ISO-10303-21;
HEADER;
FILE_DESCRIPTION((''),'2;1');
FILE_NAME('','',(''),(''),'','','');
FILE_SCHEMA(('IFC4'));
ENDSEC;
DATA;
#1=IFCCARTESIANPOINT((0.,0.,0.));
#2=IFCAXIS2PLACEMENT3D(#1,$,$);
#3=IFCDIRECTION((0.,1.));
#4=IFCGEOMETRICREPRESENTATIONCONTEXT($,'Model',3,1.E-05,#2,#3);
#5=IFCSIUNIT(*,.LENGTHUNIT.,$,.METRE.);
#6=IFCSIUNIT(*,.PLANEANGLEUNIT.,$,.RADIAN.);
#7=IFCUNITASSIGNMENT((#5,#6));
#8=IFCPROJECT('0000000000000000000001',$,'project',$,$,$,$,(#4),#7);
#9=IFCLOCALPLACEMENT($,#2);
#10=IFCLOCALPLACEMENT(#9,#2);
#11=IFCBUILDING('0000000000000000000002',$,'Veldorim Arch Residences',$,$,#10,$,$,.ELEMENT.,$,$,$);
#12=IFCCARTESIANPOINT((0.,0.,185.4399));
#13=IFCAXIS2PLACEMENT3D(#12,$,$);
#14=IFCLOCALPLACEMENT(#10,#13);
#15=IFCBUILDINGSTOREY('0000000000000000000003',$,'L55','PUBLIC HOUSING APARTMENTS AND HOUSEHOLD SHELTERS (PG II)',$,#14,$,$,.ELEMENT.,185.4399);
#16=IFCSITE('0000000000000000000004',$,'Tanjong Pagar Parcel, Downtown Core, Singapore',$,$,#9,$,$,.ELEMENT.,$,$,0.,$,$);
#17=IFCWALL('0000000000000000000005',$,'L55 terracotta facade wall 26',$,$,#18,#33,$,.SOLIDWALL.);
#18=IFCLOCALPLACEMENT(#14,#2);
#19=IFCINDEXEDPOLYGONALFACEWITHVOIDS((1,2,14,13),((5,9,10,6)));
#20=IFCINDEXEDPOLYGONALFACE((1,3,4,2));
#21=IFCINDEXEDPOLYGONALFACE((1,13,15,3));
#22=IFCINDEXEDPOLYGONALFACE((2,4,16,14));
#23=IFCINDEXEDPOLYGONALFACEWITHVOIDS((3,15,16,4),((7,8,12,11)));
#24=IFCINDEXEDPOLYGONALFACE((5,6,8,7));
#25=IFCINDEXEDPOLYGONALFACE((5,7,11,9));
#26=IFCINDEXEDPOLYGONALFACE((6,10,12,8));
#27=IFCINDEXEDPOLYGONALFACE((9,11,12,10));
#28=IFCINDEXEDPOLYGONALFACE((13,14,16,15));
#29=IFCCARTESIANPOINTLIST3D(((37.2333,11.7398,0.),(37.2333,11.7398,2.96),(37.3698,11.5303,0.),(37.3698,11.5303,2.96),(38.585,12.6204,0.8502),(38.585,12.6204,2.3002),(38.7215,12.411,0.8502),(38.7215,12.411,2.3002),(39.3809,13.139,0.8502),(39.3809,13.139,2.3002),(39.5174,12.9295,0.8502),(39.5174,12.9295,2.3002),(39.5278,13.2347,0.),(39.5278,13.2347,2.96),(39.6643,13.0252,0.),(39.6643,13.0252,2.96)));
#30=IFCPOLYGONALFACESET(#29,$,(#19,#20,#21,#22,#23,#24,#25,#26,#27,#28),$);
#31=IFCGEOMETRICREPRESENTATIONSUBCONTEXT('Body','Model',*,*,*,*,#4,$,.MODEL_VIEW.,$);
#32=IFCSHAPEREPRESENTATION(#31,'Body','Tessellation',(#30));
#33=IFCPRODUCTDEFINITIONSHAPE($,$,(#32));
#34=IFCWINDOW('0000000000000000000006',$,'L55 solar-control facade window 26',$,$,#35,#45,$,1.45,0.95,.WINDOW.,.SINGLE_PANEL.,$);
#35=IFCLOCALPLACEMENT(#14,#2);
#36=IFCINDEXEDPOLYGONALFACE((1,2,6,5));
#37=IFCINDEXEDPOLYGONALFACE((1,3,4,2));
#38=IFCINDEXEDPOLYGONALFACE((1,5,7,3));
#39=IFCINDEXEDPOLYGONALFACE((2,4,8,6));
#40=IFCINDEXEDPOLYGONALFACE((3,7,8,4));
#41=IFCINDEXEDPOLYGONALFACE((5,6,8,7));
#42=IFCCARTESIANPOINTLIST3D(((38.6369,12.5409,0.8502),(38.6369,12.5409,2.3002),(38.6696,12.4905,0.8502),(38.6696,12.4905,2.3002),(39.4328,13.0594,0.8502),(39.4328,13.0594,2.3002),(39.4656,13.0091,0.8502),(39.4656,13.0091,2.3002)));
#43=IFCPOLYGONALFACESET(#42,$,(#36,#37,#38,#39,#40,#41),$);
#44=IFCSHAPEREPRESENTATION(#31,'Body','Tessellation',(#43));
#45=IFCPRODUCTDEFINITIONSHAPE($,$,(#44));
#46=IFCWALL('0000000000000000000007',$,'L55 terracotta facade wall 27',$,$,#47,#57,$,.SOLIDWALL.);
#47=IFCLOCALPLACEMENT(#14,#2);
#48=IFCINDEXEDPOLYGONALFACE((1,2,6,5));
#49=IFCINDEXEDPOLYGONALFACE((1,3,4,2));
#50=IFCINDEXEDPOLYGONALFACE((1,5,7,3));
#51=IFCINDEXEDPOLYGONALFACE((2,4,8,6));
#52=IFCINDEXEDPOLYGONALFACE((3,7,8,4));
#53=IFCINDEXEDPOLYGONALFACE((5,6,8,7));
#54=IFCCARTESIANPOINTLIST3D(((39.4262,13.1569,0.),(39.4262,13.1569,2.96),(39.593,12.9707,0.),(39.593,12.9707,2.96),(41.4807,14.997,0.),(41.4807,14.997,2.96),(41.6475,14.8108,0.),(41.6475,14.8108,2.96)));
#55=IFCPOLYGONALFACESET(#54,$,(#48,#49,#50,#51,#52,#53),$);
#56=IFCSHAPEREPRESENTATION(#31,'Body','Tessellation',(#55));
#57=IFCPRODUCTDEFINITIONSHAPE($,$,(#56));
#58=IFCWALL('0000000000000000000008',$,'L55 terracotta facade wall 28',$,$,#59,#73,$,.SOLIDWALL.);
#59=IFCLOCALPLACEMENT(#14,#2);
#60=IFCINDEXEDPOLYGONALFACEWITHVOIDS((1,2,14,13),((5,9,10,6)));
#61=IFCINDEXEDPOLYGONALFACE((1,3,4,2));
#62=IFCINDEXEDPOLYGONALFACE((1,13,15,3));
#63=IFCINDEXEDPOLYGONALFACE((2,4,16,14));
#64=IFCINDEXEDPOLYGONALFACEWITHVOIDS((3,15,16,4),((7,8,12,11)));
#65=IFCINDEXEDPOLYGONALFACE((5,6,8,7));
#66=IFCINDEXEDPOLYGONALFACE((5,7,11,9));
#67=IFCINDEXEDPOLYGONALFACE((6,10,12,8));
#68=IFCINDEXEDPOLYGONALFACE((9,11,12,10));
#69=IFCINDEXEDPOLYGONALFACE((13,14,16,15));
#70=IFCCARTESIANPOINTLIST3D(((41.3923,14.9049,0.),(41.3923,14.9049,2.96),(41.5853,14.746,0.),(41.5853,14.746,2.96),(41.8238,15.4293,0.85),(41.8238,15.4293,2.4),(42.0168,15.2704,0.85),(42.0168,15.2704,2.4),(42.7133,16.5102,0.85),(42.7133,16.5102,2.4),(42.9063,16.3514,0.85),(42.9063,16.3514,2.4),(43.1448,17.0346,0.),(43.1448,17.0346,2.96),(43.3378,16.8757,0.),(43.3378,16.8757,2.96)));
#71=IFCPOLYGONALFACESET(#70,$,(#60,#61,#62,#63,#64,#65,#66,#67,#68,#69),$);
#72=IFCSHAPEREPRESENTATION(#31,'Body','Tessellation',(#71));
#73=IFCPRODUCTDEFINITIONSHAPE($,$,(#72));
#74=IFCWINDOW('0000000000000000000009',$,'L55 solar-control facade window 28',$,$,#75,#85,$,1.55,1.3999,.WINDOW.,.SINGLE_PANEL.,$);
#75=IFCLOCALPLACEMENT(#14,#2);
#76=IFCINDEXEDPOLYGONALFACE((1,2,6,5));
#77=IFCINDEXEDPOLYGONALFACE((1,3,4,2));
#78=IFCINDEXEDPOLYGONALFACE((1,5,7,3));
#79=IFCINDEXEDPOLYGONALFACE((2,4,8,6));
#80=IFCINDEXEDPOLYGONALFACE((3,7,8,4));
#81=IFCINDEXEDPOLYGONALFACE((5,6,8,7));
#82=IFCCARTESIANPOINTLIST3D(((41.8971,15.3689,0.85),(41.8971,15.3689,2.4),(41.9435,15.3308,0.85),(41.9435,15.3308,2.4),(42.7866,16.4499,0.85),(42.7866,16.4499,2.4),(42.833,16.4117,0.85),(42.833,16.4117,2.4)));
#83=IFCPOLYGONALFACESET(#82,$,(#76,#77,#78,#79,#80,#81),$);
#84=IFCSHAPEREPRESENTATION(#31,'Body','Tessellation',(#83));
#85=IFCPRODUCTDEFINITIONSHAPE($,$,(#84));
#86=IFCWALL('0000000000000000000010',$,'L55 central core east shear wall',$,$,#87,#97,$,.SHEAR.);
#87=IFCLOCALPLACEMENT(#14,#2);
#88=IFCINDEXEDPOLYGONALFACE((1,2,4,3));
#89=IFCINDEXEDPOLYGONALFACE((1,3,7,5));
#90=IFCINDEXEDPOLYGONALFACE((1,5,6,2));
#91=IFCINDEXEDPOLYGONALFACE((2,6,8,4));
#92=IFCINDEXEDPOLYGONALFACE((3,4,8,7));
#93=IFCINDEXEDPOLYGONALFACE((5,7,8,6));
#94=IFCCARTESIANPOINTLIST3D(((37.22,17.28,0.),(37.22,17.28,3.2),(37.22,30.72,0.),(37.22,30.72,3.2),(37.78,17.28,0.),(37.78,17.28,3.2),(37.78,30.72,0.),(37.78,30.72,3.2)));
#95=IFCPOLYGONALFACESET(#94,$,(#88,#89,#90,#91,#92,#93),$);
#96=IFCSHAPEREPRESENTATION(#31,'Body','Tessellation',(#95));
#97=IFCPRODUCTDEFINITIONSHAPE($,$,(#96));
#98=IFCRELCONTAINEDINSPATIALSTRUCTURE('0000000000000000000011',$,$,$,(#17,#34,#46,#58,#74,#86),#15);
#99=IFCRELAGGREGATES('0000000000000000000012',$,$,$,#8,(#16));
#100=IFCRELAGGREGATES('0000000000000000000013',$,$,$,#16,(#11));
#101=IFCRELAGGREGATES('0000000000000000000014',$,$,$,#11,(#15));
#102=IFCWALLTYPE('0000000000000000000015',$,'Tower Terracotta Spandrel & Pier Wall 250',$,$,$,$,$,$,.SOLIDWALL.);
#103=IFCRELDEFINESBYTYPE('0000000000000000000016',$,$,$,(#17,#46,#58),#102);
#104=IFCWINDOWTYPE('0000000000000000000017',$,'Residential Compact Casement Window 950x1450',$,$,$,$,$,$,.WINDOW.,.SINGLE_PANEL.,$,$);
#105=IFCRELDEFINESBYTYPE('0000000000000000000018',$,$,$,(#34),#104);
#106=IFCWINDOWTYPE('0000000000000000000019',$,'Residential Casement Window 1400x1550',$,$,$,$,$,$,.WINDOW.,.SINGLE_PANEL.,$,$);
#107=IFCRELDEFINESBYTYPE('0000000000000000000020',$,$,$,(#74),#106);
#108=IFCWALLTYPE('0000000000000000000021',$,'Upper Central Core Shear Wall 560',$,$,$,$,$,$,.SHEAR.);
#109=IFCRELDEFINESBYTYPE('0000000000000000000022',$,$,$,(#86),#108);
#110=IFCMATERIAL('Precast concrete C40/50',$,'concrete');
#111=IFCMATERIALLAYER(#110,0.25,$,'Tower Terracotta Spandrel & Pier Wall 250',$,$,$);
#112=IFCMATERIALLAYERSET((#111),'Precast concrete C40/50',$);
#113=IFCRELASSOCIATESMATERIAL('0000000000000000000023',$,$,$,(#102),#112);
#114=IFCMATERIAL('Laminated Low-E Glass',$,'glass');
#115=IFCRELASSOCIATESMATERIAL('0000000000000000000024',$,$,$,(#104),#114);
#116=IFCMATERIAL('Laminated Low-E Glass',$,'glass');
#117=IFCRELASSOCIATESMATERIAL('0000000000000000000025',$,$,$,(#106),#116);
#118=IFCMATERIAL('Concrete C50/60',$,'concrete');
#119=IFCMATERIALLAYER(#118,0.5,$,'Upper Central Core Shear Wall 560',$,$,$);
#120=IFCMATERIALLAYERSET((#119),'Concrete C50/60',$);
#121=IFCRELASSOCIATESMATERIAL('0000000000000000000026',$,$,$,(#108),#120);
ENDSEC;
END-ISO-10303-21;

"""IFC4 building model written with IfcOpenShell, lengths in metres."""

from ifc_helpers import new_model, si_unit, direction, frame, frame_2d, origin, place, context, subcontext, project, spatial, rectangle, extrude, material, layer, layer_set, type_object, element, fill, save


model = new_model("IFC4")

# Units and contexts
model_context = context("Model", 3, precision=1e-05, world=origin(), true_north=direction((0.0, 1.0)))
body_context = subcontext(model_context, "Body", "Model", "MODEL_VIEW")
ifc_project = project(units=[si_unit("LENGTHUNIT", "METRE"), si_unit("PLANEANGLEUNIT", "RADIAN")], contexts=[model_context])

# Site, building, storey
site_placement = place(None, origin())
site = spatial("IfcSite", under=ifc_project, at=site_placement, Name="Tanjong Pagar Parcel, Downtown Core, Singapore", CompositionType="ELEMENT", RefElevation=0.0)
building_placement = place(site_placement, origin())
building = spatial("IfcBuilding", under=site, at=building_placement, Name="Veldorim Arch Residences", CompositionType="ELEMENT")
storey_placement = place(building_placement, frame((0.0, 0.0, 185.4399)))
storey = spatial("IfcBuildingStorey", under=building, at=storey_placement, Name="L55", Description="PUBLIC HOUSING APARTMENTS AND HOUSEHOLD SHELTERS (PG II)", CompositionType="ELEMENT", Elevation=185.4399)

# Shared definitions
ifc_material_1 = material(Name="Precast concrete C40/50", Category="concrete")
ifc_layer_1 = layer(ifc_material_1, 0.25, Name="Tower Terracotta Spandrel & Pier Wall 250")
ifc_layer_set_1 = layer_set([ifc_layer_1], Name="Precast concrete C40/50")
wall_type_1 = type_object("IfcWallType", Name="Tower Terracotta Spandrel & Pier Wall 250", PredefinedType="SOLIDWALL", material=ifc_layer_set_1)

# Wall, opening, window
wall_1_placement = place(storey_placement, frame((39.5959, 13.1299, 0.0), z_axis=(0.0, 0.0, 1.0), x_axis=(-0.837861, -0.545884, 0.0)))
wall_1 = element("IfcWall", 1, at=wall_1_placement, inside=storey, type_object=wall_type_1, Name="L55 terracotta facade wall 26", PredefinedType="SOLIDWALL", context=body_context, shape_type="SweptSolid", body=[
    extrude(rectangle(XDim=2.7385, YDim=0.25, at=frame_2d((1.3691, 0.0))), origin(), (0.0, 0.0, 1.0), 2.96),
])
opening_1_placement = place(wall_1_placement, frame((0.175, 0.0, 0.8501)))
opening_1 = element("IfcOpeningElement", 2, at=opening_1_placement, cuts=wall_1, PredefinedType="OPENING", context=body_context, shape_type="SweptSolid", body=[
    extrude(rectangle(XDim=0.95, YDim=1.45, at=frame_2d((0.4751, 0.7251))), frame((0.0, 0.135, 0.0), z_axis=(0.0, -1.0, 0.0), x_axis=(1.0, 0.0, 0.0)), (0.0, 0.0, 1.0), 0.27),
])
ifc_material_2 = material(Name="Laminated Low-E Glass", Category="glass")
window_type_1 = type_object("IfcWindowType", Name="Residential Compact Casement Window 950x1450", PartitioningType="SINGLE_PANEL", PredefinedType="WINDOW", material=ifc_material_2)
window_1_placement = place(opening_1_placement, origin())
window_1 = element("IfcWindow", 3, at=window_1_placement, inside=storey, type_object=window_type_1, Name="L55 solar-control facade window 26", OverallHeight=1.45, OverallWidth=0.95, PartitioningType="SINGLE_PANEL", PredefinedType="WINDOW", context=body_context, shape_type="SweptSolid", body=[
    extrude(rectangle(XDim=0.95, YDim=1.45, at=frame_2d((0.4751, 0.7251))), frame((0.0, 0.03, 0.0), z_axis=(0.0, -1.0, 0.0), x_axis=(1.0, 0.0, 0.0)), (0.0, 0.0, 1.0), 0.0601),
])
fill(opening_1, window_1)

# Wall
wall_2_placement = place(storey_placement, frame((41.564, 14.9038, 0.0), z_axis=(0.0, 0.0, 1.0), x_axis=(-0.744899, -0.667178, 0.0)))
element("IfcWall", 4, at=wall_2_placement, inside=storey, type_object=wall_type_1, Name="L55 terracotta facade wall 27", PredefinedType="SOLIDWALL", context=body_context, shape_type="SweptSolid", body=[
    extrude(rectangle(XDim=2.7581, YDim=0.25, at=frame_2d((1.3789, 0.0))), origin(), (0.0, 0.0, 1.0), 2.96),
])

# Wall, opening, window
wall_3_placement = place(storey_placement, frame((43.2412, 16.9551, 0.0), z_axis=(0.0, 0.0, 1.0), x_axis=(-0.635409, -0.772175, 0.0)))
wall_3 = element("IfcWall", 5, at=wall_3_placement, inside=storey, type_object=wall_type_1, Name="L55 terracotta facade wall 28", PredefinedType="SOLIDWALL", context=body_context, shape_type="SweptSolid", body=[
    extrude(rectangle(XDim=2.7581, YDim=0.25, at=frame_2d((1.3789, 0.0))), origin(), (0.0, 0.0, 1.0), 2.96),
])
opening_2_placement = place(wall_3_placement, frame((0.679, 0.0, 0.8501)))
opening_2 = element("IfcOpeningElement", 6, at=opening_2_placement, cuts=wall_3, PredefinedType="OPENING", context=body_context, shape_type="SweptSolid", body=[
    extrude(rectangle(XDim=1.3999, YDim=1.55, at=frame_2d((0.7, 0.7749))), frame((0.0, 0.135, 0.0), z_axis=(0.0, -1.0, 0.0), x_axis=(1.0, 0.0, 0.0)), (0.0, 0.0, 1.0), 0.27),
])
ifc_material_3 = material(Name="Laminated Low-E Glass", Category="glass")
window_type_2 = type_object("IfcWindowType", Name="Residential Casement Window 1400x1550", PartitioningType="SINGLE_PANEL", PredefinedType="WINDOW", material=ifc_material_3)
window_2_placement = place(opening_2_placement, origin())
window_2 = element("IfcWindow", 7, at=window_2_placement, inside=storey, type_object=window_type_2, Name="L55 solar-control facade window 28", OverallHeight=1.55, OverallWidth=1.3999, PartitioningType="SINGLE_PANEL", PredefinedType="WINDOW", context=body_context, shape_type="SweptSolid", body=[
    extrude(rectangle(XDim=1.3999, YDim=1.55, at=frame_2d((0.7, 0.7749))), frame((0.0, 0.03, 0.0), z_axis=(0.0, -1.0, 0.0), x_axis=(1.0, 0.0, 0.0)), (0.0, 0.0, 1.0), 0.0601),
])
fill(opening_2, window_2)

# Wall
ifc_material_4 = material(Name="Concrete C50/60", Category="concrete")
ifc_layer_2 = layer(ifc_material_4, 0.5, Name="Upper Central Core Shear Wall 560")
ifc_layer_set_2 = layer_set([ifc_layer_2], Name="Concrete C50/60")
wall_type_2 = type_object("IfcWallType", Name="Upper Central Core Shear Wall 560", PredefinedType="SHEAR", material=ifc_layer_set_2)
wall_4_placement = place(storey_placement, frame((37.5, 17.28, 0.0), z_axis=(0.0, 0.0, 1.0), x_axis=(0.0, 1.0, 0.0)))
element("IfcWall", 8, at=wall_4_placement, inside=storey, type_object=wall_type_2, Name="L55 central core east shear wall", PredefinedType="SHEAR", context=body_context, shape_type="SweptSolid", body=[
    extrude(rectangle(XDim=13.4399, YDim=0.5601, at=frame_2d((6.72, 0.0))), origin(), (0.0, 0.0, 1.0), 3.2),
])

save(model, "model.ifc")
